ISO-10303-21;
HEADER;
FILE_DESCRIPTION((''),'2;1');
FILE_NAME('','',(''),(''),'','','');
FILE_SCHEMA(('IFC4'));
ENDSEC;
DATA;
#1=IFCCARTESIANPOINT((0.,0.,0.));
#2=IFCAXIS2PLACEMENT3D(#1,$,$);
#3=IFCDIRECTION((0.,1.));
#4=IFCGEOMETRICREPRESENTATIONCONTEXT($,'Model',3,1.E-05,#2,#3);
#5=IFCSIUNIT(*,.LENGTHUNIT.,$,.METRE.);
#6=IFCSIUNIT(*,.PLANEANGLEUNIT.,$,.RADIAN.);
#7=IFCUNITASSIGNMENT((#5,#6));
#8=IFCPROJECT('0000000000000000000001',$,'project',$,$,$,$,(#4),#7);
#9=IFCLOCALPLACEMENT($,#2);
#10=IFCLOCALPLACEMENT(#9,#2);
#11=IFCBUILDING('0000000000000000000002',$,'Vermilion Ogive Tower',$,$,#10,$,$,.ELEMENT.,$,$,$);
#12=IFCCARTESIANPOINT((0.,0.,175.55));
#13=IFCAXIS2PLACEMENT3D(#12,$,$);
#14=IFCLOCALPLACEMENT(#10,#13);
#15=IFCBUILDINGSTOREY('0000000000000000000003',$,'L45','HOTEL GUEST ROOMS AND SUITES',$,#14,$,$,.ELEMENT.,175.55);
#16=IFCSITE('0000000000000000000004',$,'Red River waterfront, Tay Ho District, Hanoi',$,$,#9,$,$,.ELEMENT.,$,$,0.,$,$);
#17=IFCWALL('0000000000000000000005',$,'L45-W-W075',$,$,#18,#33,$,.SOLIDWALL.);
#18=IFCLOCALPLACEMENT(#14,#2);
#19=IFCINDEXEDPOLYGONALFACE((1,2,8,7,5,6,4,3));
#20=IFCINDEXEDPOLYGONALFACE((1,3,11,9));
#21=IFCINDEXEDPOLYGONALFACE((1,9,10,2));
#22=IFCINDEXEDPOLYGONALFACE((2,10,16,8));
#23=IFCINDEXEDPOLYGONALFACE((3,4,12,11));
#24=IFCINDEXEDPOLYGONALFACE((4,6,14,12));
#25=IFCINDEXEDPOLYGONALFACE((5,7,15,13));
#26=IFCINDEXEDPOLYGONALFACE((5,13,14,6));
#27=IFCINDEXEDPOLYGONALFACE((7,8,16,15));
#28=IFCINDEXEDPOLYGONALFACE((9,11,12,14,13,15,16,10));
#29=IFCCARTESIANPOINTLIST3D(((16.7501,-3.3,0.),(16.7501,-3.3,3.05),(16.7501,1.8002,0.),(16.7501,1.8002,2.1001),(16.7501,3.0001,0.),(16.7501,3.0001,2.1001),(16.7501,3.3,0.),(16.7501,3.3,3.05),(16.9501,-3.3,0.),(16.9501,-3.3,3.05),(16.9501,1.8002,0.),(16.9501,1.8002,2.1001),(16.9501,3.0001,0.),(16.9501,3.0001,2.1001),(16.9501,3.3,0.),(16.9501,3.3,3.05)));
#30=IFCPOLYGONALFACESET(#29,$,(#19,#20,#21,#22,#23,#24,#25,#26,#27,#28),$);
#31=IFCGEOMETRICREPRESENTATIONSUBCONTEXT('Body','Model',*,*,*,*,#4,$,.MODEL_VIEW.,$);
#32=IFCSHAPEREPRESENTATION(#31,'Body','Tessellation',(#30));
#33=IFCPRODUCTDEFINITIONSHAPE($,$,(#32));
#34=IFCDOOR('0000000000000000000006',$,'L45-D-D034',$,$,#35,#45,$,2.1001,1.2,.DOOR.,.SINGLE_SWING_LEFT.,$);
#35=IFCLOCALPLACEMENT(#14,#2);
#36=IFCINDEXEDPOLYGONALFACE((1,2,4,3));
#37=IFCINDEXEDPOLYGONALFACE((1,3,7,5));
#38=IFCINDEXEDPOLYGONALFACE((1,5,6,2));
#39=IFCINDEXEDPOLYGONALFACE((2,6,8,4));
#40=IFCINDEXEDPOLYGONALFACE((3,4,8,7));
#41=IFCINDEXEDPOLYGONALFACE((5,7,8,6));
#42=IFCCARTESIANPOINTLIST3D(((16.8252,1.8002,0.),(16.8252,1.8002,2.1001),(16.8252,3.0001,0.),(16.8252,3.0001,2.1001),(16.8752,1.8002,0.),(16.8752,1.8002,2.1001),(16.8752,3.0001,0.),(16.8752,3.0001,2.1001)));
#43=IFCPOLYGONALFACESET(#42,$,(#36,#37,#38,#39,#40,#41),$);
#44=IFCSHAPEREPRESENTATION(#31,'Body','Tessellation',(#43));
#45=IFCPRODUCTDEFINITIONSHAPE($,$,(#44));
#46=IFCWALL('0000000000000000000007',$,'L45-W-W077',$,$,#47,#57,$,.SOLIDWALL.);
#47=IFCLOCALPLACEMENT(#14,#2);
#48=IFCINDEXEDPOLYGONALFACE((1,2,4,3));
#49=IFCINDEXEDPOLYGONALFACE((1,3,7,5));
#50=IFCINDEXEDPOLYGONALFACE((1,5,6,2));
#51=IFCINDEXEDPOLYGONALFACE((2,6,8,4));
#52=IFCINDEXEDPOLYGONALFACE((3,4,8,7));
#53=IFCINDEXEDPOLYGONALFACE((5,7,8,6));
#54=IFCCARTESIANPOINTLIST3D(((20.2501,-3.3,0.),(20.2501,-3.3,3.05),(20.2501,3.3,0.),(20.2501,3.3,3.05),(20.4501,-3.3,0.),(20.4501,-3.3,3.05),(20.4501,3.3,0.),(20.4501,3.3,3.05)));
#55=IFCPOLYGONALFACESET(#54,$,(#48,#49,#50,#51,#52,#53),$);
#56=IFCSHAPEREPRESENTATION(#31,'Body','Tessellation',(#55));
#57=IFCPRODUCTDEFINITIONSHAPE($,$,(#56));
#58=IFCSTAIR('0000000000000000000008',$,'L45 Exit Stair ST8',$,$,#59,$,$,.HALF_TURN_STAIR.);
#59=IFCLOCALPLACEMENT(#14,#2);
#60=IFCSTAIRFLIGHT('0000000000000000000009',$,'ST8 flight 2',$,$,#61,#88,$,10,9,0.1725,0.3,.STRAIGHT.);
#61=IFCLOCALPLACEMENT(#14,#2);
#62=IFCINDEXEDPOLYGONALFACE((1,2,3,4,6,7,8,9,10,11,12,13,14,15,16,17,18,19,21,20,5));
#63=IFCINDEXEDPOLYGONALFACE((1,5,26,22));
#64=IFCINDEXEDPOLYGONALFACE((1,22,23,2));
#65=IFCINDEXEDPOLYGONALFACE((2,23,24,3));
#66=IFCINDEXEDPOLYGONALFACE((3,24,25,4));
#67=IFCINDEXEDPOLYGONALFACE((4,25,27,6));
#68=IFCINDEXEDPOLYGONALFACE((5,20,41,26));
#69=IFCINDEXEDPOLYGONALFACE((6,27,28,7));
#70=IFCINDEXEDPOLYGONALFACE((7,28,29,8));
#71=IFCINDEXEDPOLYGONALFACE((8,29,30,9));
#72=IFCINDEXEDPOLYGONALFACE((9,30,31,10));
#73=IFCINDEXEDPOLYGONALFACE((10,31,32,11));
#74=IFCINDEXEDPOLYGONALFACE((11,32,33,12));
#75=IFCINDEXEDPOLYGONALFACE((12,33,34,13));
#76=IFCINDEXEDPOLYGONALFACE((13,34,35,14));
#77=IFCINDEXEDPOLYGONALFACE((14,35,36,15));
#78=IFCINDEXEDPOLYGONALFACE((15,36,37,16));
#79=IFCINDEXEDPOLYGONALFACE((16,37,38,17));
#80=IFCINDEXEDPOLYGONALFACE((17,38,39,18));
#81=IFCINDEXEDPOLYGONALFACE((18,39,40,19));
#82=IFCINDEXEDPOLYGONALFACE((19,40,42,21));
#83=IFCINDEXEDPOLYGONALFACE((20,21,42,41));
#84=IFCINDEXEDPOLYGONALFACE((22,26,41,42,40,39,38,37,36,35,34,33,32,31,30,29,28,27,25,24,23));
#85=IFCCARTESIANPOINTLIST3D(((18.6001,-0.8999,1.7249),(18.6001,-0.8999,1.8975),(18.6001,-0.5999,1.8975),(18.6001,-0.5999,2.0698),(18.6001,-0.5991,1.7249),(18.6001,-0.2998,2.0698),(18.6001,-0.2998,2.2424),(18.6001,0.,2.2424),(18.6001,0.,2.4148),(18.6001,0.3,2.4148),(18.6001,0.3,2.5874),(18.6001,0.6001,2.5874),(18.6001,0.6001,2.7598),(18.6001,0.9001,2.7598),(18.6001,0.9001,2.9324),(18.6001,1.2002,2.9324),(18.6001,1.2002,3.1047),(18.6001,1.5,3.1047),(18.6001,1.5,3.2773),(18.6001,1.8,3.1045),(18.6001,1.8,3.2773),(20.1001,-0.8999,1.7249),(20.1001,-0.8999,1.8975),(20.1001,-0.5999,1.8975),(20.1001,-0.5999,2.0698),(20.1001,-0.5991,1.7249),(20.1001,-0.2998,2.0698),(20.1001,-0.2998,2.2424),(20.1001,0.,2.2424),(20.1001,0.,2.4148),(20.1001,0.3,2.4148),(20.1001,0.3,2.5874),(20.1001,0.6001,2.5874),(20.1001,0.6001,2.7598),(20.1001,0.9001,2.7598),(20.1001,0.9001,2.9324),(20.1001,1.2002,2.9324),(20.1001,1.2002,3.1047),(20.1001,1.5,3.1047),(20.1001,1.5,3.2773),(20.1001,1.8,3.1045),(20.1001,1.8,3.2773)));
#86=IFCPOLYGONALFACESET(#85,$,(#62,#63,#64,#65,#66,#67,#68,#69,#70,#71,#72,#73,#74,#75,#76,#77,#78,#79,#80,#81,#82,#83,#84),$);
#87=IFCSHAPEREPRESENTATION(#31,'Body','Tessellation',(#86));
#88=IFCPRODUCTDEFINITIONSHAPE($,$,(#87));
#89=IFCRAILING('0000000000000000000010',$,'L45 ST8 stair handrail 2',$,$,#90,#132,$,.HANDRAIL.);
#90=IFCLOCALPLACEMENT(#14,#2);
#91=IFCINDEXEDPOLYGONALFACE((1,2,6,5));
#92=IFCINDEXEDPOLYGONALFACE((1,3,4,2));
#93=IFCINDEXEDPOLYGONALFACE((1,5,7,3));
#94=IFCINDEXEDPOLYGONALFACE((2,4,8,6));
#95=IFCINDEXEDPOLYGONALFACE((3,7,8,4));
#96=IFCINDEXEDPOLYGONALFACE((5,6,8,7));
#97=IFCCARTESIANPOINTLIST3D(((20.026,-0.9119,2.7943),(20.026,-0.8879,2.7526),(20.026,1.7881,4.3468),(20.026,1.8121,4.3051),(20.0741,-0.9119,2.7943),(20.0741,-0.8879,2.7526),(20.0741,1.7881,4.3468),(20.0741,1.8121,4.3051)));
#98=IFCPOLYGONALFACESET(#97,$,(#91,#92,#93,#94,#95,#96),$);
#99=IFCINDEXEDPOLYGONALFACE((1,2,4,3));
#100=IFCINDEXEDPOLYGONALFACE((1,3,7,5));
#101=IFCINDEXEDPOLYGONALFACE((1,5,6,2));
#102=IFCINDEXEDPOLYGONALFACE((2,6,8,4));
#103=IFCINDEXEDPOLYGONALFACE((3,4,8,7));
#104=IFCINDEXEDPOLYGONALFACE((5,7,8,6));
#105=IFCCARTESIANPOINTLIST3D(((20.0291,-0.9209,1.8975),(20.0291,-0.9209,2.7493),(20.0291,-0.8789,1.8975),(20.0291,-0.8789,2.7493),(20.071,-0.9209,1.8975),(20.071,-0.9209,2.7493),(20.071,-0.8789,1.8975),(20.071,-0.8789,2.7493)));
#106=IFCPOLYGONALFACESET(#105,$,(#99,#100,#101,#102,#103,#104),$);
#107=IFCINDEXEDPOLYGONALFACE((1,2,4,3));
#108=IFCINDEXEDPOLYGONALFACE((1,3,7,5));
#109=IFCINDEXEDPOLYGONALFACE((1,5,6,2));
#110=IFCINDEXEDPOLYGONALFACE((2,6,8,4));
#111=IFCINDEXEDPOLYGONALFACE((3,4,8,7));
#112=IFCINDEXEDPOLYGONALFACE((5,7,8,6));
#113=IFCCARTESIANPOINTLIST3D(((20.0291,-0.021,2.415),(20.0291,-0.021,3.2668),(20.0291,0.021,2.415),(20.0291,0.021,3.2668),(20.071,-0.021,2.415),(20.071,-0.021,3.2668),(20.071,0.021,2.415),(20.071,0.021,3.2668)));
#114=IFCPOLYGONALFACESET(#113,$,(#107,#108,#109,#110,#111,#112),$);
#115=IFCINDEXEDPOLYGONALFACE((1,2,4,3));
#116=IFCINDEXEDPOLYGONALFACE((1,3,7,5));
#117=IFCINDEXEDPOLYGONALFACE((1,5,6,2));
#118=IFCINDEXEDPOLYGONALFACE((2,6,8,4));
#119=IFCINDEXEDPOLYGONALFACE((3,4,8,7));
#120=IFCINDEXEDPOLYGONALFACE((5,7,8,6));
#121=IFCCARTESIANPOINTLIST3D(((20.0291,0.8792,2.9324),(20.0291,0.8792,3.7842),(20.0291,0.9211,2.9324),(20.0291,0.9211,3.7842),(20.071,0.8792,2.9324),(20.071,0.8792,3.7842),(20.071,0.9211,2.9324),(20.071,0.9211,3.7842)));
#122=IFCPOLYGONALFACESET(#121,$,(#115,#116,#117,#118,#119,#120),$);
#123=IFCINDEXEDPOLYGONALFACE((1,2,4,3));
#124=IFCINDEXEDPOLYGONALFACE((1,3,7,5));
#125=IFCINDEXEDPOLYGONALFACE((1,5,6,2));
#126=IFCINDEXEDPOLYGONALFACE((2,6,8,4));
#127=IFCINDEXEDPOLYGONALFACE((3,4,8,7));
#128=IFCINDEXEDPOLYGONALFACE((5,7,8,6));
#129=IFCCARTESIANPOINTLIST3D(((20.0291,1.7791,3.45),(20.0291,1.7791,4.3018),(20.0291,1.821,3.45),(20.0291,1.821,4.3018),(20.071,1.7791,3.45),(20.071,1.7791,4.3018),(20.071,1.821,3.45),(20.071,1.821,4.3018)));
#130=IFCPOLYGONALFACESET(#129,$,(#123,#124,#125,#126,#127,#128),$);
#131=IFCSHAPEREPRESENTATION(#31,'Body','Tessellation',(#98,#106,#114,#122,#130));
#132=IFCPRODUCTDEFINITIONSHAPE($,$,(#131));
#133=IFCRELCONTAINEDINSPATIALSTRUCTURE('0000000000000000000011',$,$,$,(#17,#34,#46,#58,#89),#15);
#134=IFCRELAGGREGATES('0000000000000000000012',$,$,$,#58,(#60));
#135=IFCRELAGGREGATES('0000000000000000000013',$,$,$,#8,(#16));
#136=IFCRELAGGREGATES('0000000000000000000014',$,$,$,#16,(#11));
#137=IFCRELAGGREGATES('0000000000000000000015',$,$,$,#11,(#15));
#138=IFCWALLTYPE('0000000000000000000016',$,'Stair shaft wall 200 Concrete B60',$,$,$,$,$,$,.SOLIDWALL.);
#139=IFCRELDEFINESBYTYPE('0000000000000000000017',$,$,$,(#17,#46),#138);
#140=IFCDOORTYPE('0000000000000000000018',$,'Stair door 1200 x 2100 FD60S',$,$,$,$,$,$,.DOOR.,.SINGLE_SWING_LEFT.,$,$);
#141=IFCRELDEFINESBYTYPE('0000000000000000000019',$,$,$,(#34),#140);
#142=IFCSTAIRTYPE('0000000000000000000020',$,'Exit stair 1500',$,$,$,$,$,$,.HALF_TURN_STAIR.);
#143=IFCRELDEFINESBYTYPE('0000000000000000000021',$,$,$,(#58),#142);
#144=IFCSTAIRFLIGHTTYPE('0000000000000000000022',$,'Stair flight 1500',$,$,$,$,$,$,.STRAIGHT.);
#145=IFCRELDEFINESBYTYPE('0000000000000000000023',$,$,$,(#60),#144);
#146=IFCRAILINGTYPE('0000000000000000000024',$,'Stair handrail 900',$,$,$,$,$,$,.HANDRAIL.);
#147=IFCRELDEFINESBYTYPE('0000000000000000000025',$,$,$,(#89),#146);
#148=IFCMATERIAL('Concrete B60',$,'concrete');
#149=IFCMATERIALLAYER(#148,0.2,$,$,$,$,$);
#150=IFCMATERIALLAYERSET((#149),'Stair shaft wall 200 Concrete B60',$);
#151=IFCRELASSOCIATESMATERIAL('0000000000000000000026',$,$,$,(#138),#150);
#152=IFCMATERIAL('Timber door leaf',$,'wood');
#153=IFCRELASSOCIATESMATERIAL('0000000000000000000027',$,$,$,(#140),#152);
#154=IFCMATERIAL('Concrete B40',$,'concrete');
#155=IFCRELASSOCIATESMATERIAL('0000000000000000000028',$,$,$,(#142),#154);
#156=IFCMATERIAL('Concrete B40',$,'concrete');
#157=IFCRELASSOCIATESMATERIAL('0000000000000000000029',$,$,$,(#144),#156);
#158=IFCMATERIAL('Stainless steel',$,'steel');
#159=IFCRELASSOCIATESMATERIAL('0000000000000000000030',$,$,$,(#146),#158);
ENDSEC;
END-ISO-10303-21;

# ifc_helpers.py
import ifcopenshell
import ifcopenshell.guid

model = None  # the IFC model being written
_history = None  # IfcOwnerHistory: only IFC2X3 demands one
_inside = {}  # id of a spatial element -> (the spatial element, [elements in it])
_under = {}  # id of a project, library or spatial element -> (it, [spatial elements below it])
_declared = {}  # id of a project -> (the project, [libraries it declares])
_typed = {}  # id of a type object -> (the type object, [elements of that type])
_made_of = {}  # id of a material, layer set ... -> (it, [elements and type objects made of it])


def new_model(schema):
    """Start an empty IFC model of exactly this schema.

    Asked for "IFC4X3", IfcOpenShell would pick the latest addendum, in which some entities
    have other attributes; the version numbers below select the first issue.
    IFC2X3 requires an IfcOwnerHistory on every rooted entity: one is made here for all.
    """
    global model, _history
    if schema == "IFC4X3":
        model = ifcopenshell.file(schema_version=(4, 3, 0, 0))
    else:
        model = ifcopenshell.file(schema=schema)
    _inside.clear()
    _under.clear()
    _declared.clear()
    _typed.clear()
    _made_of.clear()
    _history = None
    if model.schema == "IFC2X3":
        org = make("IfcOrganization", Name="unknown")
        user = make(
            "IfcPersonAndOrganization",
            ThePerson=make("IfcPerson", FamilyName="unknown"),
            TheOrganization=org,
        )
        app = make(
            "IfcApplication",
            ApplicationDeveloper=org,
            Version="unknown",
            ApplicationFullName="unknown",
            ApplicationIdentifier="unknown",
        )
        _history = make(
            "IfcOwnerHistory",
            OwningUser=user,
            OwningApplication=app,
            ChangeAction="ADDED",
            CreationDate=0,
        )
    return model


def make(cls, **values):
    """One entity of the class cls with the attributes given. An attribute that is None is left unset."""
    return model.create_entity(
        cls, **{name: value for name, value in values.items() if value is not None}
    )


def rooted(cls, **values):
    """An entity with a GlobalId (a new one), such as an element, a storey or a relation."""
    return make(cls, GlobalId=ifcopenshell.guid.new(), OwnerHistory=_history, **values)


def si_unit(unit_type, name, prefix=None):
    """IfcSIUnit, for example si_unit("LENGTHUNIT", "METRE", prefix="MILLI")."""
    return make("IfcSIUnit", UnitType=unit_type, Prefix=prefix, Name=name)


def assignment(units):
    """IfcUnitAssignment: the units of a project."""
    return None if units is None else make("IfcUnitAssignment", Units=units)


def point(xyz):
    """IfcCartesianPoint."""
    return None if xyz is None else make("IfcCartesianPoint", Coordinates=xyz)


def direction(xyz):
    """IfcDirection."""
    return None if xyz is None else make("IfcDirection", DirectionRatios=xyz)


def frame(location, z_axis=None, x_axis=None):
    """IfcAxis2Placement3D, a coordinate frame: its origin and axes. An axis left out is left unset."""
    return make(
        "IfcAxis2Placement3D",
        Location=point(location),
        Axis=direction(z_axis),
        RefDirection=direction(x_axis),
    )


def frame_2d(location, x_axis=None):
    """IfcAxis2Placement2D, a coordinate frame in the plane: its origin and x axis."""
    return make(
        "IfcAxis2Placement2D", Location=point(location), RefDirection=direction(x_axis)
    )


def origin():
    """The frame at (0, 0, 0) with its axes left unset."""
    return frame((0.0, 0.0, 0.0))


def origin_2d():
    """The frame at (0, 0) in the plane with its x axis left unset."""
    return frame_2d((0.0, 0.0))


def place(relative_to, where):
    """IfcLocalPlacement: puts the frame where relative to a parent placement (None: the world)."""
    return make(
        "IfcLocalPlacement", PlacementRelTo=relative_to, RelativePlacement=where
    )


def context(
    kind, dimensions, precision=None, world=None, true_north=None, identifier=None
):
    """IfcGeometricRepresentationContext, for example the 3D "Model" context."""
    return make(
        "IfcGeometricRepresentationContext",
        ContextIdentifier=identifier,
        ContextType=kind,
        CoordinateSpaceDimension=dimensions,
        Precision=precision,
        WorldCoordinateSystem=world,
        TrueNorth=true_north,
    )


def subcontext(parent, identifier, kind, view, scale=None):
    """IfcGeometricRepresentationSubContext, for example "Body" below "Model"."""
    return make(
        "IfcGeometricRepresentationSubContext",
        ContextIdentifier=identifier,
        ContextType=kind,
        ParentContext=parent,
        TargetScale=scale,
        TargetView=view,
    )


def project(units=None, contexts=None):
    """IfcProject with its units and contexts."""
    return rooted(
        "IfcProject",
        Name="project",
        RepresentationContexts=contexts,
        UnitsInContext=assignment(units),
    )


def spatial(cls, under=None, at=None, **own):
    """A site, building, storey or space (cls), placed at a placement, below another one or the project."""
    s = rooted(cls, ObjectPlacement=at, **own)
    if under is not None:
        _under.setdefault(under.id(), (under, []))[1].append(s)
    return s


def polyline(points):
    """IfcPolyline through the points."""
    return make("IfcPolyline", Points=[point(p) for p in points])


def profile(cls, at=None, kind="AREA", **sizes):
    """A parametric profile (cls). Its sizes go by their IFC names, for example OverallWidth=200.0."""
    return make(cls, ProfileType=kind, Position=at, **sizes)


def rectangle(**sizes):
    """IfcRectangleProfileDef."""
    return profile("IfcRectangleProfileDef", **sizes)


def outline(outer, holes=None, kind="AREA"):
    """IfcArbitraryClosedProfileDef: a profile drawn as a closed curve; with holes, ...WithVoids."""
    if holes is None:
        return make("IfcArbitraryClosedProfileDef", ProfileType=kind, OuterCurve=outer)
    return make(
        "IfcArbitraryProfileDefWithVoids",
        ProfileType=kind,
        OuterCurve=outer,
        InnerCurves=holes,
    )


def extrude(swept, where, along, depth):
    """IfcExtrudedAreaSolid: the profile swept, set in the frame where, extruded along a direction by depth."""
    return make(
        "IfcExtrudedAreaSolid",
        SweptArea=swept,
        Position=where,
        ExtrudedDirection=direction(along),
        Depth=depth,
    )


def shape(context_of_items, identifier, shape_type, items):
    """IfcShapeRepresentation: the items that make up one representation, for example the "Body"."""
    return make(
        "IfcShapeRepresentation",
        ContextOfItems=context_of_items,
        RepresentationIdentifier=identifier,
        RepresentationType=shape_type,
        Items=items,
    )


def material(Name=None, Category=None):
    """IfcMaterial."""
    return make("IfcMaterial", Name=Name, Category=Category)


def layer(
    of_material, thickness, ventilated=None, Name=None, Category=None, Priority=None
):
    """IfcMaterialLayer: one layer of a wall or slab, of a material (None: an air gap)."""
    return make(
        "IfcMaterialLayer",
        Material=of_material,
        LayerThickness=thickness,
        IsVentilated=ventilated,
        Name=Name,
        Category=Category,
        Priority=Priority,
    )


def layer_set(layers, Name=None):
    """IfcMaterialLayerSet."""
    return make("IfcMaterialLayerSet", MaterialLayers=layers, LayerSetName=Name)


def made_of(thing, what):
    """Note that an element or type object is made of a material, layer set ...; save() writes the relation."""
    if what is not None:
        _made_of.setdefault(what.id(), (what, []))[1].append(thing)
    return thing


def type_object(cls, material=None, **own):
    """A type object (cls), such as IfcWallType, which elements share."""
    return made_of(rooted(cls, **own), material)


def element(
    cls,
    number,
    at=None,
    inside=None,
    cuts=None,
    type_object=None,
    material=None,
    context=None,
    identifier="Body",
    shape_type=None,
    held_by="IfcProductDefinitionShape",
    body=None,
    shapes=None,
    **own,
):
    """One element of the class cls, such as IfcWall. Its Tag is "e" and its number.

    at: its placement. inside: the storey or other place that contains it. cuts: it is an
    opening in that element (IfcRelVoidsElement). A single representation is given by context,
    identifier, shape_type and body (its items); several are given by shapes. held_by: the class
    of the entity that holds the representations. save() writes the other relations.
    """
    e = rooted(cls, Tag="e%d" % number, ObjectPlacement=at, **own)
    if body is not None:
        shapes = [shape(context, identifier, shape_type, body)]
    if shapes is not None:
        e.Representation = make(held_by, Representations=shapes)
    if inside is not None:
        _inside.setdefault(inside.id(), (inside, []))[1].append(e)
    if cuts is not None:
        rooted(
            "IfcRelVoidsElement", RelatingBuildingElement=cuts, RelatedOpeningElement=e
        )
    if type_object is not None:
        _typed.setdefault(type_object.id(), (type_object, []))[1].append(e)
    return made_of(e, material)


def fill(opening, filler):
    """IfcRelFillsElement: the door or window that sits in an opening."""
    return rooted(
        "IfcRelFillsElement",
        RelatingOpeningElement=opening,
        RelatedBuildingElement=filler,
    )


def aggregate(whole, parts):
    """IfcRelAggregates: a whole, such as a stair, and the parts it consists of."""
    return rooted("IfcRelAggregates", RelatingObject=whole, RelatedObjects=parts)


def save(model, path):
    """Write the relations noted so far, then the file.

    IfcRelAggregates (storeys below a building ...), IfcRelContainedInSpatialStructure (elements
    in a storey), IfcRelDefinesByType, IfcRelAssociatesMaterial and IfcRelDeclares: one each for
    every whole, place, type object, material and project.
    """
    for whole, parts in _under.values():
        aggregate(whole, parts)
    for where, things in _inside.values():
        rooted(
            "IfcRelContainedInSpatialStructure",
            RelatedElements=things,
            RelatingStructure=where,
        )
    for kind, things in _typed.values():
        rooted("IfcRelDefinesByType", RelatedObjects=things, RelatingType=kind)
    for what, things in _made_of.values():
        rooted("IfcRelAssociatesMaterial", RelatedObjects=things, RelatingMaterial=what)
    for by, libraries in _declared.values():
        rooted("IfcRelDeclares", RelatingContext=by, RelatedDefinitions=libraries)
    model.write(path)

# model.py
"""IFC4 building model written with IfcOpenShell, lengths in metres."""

from ifc_helpers import new_model, si_unit, direction, frame, frame_2d, origin, origin_2d, place, context, subcontext, project, spatial, polyline, rectangle, outline, extrude, material, layer, layer_set, type_object, element, fill, aggregate, save


model = new_model("IFC4")

# Units and contexts
model_context = context("Model", 3, precision=1e-05, world=origin(), true_north=direction((0.0, 1.0)))
body_context = subcontext(model_context, "Body", "Model", "MODEL_VIEW")
ifc_project = project(units=[si_unit("LENGTHUNIT", "METRE"), si_unit("PLANEANGLEUNIT", "RADIAN")], contexts=[model_context])

# Site, building, storey
site_placement = place(None, origin())
site = spatial("IfcSite", under=ifc_project, at=site_placement, Name="Red River waterfront, Tay Ho District, Hanoi", CompositionType="ELEMENT", RefElevation=0.0)
building_placement = place(site_placement, origin())
building = spatial("IfcBuilding", under=site, at=building_placement, Name="Vermilion Ogive Tower", CompositionType="ELEMENT")
storey_placement = place(building_placement, frame((0.0, 0.0, 175.55)))
storey = spatial("IfcBuildingStorey", under=building, at=storey_placement, Name="L45", Description="HOTEL GUEST ROOMS AND SUITES", CompositionType="ELEMENT", Elevation=175.55)

# Shared definitions
ifc_material_1 = material(Name="Concrete B60", Category="concrete")
ifc_layer_1 = layer(ifc_material_1, 0.2)
ifc_layer_set_1 = layer_set([ifc_layer_1], Name="Stair shaft wall 200 Concrete B60")
wall_type_1 = type_object("IfcWallType", Name="Stair shaft wall 200 Concrete B60", PredefinedType="SOLIDWALL", material=ifc_layer_set_1)

# Wall, opening, door
wall_1_placement = place(storey_placement, frame((16.8501, -3.3, 0.0), z_axis=(0.0, 0.0, 1.0), x_axis=(0.0, 1.0, 0.0)))
wall_1 = element("IfcWall", 1, at=wall_1_placement, inside=storey, type_object=wall_type_1, Name="L45-W-W075", PredefinedType="SOLIDWALL", context=body_context, shape_type="SweptSolid", body=[
    extrude(rectangle(XDim=6.6001, YDim=0.2, at=frame_2d((3.3, 0.0))), origin(), (0.0, 0.0, 1.0), 3.05),
])
opening_1_placement = place(wall_1_placement, frame((5.1001, 0.0, 0.0)))
opening_1 = element("IfcOpeningElement", 2, at=opening_1_placement, cuts=wall_1, PredefinedType="OPENING", context=body_context, shape_type="SweptSolid", body=[
    extrude(rectangle(XDim=1.2, YDim=2.1001, at=frame_2d((0.6001, 1.05))), frame((0.0, 0.1099, 0.0), z_axis=(0.0, -1.0, 0.0), x_axis=(1.0, 0.0, 0.0)), (0.0, 0.0, 1.0), 0.22),
])
ifc_material_2 = material(Name="Timber door leaf", Category="wood")
door_type_1 = type_object("IfcDoorType", Name="Stair door 1200 x 2100 FD60S", OperationType="SINGLE_SWING_LEFT", PredefinedType="DOOR", material=ifc_material_2)
door_1_placement = place(opening_1_placement, origin())
door_1 = element("IfcDoor", 3, at=door_1_placement, inside=storey, type_object=door_type_1, Name="L45-D-D034", OperationType="SINGLE_SWING_LEFT", OverallHeight=2.1001, OverallWidth=1.2, PredefinedType="DOOR", context=body_context, shape_type="SweptSolid", body=[
    extrude(rectangle(XDim=1.2, YDim=2.1001, at=frame_2d((0.6001, 1.05))), frame((0.0, 0.0249, 0.0), z_axis=(0.0, -1.0, 0.0), x_axis=(1.0, 0.0, 0.0)), (0.0, 0.0, 1.0), 0.05),
])
fill(opening_1, door_1)

# Wall
wall_2_placement = place(storey_placement, frame((20.3501, -3.3, 0.0), z_axis=(0.0, 0.0, 1.0), x_axis=(0.0, 1.0, 0.0)))
element("IfcWall", 4, at=wall_2_placement, inside=storey, type_object=wall_type_1, Name="L45-W-W077", PredefinedType="SOLIDWALL", context=body_context, shape_type="SweptSolid", body=[
    extrude(rectangle(XDim=6.6001, YDim=0.2, at=frame_2d((3.3, 0.0))), origin(), (0.0, 0.0, 1.0), 3.05),
])

# Stair, stair flight
ifc_material_3 = material(Name="Concrete B40", Category="concrete")
stair_type = type_object("IfcStairType", Name="Exit stair 1500", PredefinedType="HALF_TURN_STAIR", material=ifc_material_3)
stair_placement = place(storey_placement, origin())
stair = element("IfcStair", 5, at=stair_placement, inside=storey, type_object=stair_type, Name="L45 Exit Stair ST8", PredefinedType="HALF_TURN_STAIR")
ifc_material_4 = material(Name="Concrete B40", Category="concrete")
stair_flight_type = type_object("IfcStairFlightType", Name="Stair flight 1500", PredefinedType="STRAIGHT", material=ifc_material_4)
stair_flight_placement = place(storey_placement, frame((19.3501, -0.8999, 1.7249), z_axis=(0.0, 0.0, 1.0), x_axis=(0.0, 1.0, 0.0)))
stair_flight = element("IfcStairFlight", 6, at=stair_flight_placement, type_object=stair_flight_type, Name="ST8 flight 2", NumberOfRisers=10, NumberOfTreads=9, PredefinedType="STRAIGHT", RiserHeight=0.1725, TreadLength=0.3, context=body_context, shape_type="SweptSolid", body=[
    extrude(outline(polyline([(0.0, 0.0), (0.0, 0.1726), (0.3, 0.1726), (0.3, 0.345), (0.6001, 0.345), (0.6001, 0.5176), (0.8999, 0.5176), (0.8999, 0.6899), (1.2, 0.6899), (1.2, 0.8625), (1.5, 0.8625), (1.5, 1.0349), (1.8, 1.0349), (1.8, 1.2075), (2.1001, 1.2075), (2.1001, 1.3799), (2.3999, 1.3799), (2.3999, 1.5525), (2.7, 1.5525), (2.7, 1.7251), (2.7, 1.3796), (0.3008, 0.0), (0.0, 0.0)])), frame((0.0, 0.75, 0.0), z_axis=(0.0, -1.0, 0.0), x_axis=(1.0, 0.0, 0.0)), (0.0, 0.0, 1.0), 1.5),
])
aggregate(stair, [stair_flight])

# Railing
ifc_material_5 = material(Name="Stainless steel", Category="steel")
railing_type = type_object("IfcRailingType", Name="Stair handrail 900", PredefinedType="HANDRAIL", material=ifc_material_5)
railing_placement = place(storey_placement, frame((20.05, -0.8999, 1.8975)))
element("IfcRailing", 7, at=railing_placement, inside=storey, type_object=railing_type, Name="L45 ST8 stair handrail 2", PredefinedType="HANDRAIL", context=body_context, shape_type="SweptSolid", body=[
    extrude(rectangle(XDim=0.0481, YDim=0.0481, at=origin_2d()), frame((0.0, 0.0, 0.876), z_axis=(0.0, 0.866904, 0.498476), x_axis=(-1.0, 0.0, 0.0)), (0.0, 0.0, 1.0), 3.1145),
    extrude(rectangle(XDim=0.042, YDim=0.042, at=origin_2d()), origin(), (0.0, 0.0, 1.0), 0.8518),
    extrude(rectangle(XDim=0.042, YDim=0.042, at=origin_2d()), frame((0.0, 0.8999, 0.5176)), (0.0, 0.0, 1.0), 0.8518),
    extrude(rectangle(XDim=0.042, YDim=0.042, at=origin_2d()), frame((0.0, 1.8, 1.0349)), (0.0, 0.0, 1.0), 0.8518),
    extrude(rectangle(XDim=0.042, YDim=0.042, at=origin_2d()), frame((0.0, 2.7, 1.5525)), (0.0, 0.0, 1.0), 0.8518),
])

save(model, "model.ifc")
